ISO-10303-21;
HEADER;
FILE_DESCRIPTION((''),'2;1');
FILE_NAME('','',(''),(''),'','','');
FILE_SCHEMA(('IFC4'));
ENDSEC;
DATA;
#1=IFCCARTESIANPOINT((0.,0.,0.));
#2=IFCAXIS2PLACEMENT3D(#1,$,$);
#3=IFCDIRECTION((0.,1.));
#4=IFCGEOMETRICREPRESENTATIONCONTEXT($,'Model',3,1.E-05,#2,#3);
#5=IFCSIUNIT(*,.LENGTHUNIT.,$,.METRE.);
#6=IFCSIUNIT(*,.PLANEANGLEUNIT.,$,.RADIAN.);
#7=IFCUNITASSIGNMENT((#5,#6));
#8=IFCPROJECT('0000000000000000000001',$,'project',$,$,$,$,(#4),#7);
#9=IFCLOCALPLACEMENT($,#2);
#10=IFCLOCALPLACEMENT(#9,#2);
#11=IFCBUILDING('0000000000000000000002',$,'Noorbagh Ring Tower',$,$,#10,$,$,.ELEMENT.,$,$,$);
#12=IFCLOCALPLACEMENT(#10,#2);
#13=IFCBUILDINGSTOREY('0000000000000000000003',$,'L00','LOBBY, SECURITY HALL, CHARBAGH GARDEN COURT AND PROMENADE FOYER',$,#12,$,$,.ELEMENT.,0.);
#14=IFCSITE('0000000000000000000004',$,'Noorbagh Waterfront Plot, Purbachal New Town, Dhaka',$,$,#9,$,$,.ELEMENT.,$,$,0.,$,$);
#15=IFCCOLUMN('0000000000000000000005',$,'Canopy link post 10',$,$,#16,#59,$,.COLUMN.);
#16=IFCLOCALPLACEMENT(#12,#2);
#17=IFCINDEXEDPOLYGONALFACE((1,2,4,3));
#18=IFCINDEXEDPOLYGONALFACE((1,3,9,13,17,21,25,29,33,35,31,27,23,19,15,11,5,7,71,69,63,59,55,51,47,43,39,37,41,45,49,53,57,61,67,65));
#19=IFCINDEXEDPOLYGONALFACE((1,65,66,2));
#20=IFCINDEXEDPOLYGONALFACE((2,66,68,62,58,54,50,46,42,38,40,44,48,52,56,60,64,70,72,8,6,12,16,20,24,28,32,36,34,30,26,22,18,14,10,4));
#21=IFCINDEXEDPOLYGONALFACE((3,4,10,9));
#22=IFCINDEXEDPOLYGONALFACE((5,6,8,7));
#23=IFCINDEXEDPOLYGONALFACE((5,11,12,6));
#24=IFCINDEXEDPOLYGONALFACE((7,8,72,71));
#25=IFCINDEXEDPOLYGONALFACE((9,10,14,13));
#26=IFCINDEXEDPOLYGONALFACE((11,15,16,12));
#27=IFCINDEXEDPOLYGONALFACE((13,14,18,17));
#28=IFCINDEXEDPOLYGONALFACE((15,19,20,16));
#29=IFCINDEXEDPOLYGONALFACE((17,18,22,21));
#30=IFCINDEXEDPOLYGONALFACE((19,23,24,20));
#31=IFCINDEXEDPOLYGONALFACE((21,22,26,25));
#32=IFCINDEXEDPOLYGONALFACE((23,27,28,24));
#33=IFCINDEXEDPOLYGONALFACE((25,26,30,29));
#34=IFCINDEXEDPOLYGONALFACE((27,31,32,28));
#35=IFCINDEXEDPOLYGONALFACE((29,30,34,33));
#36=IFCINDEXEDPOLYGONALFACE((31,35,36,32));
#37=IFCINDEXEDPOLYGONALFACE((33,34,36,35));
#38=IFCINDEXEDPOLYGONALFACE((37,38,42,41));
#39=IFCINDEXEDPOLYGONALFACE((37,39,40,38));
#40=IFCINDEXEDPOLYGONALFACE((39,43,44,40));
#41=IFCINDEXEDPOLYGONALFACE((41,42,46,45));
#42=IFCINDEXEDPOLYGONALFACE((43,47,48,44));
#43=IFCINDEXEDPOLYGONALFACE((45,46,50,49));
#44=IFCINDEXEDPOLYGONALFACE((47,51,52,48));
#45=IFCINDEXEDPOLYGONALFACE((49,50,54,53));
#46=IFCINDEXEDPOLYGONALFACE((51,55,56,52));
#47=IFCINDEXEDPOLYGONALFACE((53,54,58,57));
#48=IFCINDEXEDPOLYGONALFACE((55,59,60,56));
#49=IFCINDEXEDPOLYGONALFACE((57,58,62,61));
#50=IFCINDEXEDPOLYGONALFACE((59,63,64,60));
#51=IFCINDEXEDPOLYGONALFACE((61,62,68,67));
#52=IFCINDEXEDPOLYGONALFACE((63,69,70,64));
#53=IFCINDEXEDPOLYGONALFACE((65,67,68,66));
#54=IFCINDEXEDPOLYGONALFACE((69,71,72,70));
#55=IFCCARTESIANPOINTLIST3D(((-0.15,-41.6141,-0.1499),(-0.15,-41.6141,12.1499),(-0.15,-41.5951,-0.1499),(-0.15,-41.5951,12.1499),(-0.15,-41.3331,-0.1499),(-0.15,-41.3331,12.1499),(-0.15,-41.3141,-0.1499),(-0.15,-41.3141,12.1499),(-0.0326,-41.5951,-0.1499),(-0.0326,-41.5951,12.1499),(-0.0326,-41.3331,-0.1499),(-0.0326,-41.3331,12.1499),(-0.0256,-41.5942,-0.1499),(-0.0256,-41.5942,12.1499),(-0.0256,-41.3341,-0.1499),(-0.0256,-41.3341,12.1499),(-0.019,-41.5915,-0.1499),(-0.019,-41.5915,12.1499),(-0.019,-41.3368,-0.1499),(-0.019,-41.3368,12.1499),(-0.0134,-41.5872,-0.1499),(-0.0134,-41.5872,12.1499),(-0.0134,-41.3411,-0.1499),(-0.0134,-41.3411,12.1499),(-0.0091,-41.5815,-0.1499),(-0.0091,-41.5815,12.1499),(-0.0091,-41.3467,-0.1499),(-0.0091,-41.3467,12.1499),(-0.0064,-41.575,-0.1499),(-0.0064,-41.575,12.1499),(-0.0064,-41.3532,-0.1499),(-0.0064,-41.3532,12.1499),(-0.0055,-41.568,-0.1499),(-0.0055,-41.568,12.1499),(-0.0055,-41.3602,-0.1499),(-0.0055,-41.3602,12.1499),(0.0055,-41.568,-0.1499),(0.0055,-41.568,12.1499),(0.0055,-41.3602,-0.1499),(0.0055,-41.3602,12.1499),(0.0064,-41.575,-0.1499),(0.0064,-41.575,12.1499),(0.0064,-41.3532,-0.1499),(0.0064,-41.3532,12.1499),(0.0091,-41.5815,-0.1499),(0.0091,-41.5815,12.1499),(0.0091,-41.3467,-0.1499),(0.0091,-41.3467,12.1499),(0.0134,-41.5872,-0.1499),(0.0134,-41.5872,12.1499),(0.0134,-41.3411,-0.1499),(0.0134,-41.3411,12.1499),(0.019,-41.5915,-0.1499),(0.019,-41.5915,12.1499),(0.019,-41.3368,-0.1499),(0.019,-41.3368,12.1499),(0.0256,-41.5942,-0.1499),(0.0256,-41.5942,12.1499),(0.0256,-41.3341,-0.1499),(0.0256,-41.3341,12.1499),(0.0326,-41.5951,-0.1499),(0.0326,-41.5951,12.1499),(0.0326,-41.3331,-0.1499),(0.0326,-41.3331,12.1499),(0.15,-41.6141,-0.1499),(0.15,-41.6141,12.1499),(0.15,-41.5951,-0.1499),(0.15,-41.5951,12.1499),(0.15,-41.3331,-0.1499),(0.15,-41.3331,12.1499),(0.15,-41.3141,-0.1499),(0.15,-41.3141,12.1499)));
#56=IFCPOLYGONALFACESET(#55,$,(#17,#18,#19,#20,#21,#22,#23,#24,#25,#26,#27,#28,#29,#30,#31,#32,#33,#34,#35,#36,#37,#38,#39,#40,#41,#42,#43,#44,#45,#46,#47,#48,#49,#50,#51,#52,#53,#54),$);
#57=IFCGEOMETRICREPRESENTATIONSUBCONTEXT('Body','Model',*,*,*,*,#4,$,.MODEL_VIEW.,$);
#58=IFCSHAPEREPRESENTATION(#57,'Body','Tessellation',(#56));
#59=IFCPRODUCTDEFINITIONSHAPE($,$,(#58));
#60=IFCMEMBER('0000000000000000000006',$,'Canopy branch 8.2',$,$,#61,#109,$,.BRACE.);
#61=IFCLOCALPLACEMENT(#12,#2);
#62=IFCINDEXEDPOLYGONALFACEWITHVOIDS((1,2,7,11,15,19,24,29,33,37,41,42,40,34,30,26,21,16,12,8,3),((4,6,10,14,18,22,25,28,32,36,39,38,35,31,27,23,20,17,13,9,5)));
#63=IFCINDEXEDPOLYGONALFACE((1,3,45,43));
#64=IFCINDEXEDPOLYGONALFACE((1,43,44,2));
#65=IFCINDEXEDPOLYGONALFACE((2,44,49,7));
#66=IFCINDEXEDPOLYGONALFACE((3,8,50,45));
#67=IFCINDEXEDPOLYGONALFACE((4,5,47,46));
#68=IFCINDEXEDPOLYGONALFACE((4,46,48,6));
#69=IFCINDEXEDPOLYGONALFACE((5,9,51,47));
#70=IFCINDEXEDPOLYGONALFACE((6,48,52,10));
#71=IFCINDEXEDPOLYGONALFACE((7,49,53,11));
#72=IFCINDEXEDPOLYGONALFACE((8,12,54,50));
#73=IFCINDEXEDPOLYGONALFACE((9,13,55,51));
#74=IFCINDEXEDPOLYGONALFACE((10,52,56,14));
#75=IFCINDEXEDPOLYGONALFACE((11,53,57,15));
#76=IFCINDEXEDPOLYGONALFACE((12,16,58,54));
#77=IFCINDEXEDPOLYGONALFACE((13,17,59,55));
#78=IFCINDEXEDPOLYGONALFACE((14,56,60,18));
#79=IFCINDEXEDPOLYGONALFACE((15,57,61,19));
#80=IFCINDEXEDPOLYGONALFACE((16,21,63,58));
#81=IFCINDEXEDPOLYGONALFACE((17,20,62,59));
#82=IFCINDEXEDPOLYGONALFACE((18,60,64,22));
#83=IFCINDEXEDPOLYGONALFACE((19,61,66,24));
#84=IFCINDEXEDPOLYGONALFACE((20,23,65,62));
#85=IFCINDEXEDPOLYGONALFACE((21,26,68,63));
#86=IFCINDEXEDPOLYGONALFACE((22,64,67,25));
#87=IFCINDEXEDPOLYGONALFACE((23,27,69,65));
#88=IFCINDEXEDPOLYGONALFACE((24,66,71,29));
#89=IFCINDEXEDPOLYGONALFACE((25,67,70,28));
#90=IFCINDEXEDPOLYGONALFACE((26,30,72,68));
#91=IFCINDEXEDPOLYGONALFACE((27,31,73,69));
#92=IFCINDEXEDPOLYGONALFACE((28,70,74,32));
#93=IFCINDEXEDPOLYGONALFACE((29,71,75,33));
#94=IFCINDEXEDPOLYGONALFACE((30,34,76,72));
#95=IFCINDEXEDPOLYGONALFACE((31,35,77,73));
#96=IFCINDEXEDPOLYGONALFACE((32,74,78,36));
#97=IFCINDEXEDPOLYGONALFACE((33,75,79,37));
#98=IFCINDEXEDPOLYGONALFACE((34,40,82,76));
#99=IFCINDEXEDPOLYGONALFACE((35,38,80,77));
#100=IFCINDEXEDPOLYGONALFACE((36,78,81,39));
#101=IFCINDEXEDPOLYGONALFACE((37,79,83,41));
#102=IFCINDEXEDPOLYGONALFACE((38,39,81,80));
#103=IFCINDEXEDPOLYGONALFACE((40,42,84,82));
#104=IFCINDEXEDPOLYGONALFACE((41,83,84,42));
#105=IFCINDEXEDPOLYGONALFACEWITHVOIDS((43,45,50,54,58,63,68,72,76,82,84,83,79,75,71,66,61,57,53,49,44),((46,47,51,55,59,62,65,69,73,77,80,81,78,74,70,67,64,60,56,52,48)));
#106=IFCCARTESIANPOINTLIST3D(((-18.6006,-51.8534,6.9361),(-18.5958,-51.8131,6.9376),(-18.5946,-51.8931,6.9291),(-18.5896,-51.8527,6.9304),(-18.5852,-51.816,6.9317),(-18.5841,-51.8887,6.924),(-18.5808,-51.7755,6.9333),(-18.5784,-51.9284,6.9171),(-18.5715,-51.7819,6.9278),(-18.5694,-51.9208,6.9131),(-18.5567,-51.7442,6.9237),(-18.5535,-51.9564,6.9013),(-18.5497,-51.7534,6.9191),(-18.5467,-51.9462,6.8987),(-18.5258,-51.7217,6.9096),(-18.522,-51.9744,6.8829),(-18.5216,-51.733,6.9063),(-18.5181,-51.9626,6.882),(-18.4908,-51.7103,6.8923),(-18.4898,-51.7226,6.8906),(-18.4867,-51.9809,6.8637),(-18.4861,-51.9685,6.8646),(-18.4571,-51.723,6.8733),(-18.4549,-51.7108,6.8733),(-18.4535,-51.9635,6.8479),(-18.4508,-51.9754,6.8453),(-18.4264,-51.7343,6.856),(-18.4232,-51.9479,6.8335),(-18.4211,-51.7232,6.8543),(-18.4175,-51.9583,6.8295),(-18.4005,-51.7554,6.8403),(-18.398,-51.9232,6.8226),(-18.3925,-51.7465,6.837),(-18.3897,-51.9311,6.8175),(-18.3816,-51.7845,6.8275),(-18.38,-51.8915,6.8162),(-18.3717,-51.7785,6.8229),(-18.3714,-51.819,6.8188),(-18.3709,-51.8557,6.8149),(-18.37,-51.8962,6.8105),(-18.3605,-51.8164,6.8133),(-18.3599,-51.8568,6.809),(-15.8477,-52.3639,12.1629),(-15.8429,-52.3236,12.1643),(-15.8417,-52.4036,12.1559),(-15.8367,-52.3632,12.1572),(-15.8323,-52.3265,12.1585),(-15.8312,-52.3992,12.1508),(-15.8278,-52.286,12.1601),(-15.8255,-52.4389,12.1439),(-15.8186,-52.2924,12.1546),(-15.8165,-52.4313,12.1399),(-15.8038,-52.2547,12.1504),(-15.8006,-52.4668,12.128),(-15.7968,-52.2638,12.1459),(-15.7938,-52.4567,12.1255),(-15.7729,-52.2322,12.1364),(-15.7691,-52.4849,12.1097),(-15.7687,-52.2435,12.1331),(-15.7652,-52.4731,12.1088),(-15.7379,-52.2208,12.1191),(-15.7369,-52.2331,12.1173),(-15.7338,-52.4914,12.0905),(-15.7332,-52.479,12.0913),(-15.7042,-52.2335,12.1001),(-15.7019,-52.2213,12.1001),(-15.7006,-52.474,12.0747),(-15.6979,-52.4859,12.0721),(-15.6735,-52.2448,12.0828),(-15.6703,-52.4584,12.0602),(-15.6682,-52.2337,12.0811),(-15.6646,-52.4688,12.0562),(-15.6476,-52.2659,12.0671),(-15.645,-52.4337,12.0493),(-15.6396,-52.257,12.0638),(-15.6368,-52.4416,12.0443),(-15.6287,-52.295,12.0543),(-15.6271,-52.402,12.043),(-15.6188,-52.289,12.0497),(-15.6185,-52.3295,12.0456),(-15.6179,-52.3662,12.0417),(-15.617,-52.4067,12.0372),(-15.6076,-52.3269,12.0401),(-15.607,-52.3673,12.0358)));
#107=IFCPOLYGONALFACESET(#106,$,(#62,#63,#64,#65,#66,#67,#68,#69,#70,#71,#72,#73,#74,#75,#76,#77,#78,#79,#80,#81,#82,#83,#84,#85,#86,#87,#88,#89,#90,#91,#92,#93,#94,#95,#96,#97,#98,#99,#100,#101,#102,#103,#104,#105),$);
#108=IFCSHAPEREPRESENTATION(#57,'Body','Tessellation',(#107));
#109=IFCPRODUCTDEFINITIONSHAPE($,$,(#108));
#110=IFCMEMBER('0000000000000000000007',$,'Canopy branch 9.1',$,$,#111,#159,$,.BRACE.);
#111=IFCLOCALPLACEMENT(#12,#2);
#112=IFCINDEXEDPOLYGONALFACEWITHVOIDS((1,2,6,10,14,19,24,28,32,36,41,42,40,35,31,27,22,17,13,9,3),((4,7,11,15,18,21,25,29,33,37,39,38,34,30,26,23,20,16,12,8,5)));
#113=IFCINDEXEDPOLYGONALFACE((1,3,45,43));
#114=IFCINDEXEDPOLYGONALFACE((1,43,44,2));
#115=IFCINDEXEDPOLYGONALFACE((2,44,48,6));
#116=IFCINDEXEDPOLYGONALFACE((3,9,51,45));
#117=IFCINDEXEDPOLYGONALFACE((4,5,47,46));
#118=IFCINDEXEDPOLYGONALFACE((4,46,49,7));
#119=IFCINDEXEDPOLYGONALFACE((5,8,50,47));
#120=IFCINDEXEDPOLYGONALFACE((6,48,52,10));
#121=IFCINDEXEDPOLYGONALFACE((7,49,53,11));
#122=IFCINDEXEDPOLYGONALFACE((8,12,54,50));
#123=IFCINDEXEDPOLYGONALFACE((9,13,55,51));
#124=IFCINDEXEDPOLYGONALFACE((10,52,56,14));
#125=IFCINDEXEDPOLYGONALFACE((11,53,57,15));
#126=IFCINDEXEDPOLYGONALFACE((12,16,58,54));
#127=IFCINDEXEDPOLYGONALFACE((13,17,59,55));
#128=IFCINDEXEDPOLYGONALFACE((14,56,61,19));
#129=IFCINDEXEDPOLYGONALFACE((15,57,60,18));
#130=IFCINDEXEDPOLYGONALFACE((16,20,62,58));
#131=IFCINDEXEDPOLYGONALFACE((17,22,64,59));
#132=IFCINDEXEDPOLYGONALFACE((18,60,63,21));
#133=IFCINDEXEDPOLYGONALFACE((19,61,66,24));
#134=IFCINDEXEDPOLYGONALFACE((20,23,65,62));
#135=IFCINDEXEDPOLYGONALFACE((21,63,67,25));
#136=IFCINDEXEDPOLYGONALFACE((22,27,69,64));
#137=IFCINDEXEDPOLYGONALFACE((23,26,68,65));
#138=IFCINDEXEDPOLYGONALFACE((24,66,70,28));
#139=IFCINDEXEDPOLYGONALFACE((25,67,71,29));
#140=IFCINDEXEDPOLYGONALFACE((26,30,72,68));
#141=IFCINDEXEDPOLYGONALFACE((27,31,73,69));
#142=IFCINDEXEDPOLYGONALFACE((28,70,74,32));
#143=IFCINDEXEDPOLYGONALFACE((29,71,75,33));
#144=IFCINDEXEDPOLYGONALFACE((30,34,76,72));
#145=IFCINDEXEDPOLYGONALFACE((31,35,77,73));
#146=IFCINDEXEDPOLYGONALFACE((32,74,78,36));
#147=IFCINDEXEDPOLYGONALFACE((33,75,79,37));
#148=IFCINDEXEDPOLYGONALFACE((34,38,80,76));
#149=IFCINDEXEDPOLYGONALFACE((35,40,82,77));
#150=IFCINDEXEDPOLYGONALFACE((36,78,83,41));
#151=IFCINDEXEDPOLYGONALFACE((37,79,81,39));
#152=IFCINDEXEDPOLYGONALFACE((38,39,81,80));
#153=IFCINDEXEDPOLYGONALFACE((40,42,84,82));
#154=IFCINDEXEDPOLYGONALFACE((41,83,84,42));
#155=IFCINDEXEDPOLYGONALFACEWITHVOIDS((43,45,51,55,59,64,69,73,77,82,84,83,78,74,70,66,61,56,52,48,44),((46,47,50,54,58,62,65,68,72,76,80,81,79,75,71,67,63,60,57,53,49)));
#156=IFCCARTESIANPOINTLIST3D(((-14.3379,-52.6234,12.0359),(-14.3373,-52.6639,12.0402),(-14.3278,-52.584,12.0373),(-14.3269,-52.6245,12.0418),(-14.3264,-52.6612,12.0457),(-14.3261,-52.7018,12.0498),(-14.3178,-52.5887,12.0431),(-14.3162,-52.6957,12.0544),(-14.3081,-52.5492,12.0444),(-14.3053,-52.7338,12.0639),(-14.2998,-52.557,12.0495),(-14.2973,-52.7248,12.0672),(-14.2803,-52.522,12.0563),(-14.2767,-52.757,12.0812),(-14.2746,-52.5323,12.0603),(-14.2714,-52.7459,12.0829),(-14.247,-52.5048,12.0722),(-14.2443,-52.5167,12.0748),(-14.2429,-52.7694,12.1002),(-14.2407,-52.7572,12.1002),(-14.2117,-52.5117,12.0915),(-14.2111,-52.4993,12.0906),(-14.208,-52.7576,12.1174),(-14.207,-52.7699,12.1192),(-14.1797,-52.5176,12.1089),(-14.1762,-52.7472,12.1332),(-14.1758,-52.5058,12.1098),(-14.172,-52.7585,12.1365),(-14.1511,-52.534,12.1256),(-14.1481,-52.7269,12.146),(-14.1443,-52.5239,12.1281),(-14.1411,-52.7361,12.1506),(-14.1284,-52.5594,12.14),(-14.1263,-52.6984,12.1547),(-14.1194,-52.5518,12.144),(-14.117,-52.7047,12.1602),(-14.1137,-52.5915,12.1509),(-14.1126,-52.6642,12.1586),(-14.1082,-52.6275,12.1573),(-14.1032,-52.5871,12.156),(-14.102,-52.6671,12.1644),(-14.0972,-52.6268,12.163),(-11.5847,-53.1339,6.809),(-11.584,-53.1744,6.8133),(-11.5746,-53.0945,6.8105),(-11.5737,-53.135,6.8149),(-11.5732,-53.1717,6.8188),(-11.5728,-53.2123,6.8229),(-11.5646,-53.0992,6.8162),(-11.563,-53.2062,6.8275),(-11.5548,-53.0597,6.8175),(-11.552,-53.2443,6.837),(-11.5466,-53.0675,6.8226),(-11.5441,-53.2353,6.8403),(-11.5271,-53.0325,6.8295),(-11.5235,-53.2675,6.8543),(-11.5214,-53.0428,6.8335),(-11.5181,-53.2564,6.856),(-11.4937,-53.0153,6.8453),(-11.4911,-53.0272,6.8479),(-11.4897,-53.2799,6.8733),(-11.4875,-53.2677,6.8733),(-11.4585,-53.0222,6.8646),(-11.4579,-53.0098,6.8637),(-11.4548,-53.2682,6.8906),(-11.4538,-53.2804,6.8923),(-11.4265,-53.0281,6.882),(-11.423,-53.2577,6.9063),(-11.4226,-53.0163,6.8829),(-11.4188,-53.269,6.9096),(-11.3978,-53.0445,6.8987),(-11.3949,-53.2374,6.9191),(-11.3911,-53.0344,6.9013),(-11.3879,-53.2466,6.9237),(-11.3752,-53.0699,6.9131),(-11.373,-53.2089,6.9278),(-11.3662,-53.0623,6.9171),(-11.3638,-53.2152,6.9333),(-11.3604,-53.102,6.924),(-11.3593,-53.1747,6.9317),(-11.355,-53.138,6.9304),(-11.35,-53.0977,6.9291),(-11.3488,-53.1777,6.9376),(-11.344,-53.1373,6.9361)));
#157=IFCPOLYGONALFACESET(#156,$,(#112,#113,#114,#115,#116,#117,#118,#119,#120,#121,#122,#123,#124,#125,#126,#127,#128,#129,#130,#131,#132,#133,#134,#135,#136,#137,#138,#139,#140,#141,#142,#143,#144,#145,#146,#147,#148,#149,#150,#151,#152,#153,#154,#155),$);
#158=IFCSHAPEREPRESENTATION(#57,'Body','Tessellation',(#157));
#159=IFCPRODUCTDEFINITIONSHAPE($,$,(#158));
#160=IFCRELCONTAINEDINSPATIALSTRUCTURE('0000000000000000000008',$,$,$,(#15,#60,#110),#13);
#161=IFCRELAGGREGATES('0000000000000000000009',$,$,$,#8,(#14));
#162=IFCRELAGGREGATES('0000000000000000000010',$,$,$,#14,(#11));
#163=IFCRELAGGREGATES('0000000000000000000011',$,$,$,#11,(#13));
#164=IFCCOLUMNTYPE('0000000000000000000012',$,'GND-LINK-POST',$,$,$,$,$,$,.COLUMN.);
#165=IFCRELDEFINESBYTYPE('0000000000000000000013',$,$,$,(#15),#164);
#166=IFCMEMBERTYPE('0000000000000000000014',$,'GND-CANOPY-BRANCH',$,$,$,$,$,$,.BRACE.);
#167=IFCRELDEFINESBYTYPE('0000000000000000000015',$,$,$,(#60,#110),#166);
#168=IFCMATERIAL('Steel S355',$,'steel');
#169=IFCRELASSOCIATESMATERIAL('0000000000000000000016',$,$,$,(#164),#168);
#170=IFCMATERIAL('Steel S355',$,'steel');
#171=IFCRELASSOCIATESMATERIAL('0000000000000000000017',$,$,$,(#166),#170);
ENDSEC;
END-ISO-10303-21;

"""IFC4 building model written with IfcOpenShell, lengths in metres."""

from ifc_helpers import new_model, si_unit, direction, frame, origin, origin_2d, place, context, subcontext, project, spatial, hollow_circle, i_section, extrude, material, material_profile, profile_set, type_object, element, save


model = new_model("IFC4")

# Units and contexts
model_context = context("Model", 3, precision=1e-05, world=origin(), true_north=direction((0.0, 1.0)))
body_context = subcontext(model_context, "Body", "Model", "MODEL_VIEW")
ifc_project = project(units=[si_unit("LENGTHUNIT", "METRE"), si_unit("PLANEANGLEUNIT", "RADIAN")], contexts=[model_context])

# Site, building, storey
site_placement = place(None, origin())
site = spatial("IfcSite", under=ifc_project, at=site_placement, Name="Noorbagh Waterfront Plot, Purbachal New Town, Dhaka", CompositionType="ELEMENT", RefElevation=0.0)
building_placement = place(site_placement, origin())
building = spatial("IfcBuilding", under=site, at=building_placement, Name="Noorbagh Ring Tower", CompositionType="ELEMENT")
storey_placement = place(building_placement, origin())
storey = spatial("IfcBuildingStorey", under=building, at=storey_placement, Name="L00", Description="LOBBY, SECURITY HALL, CHARBAGH GARDEN COURT AND PROMENADE FOYER", CompositionType="ELEMENT", Elevation=0.0)

# Column
ifc_material_1 = material(Name="Steel S355", Category="steel")
ifc_material_profile_1 = material_profile(ifc_material_1, i_section(OverallWidth=0.3, OverallDepth=0.3, WebThickness=0.011, FlangeThickness=0.019, FilletRadius=0.0271, at=origin_2d()), Name="HEB300")
ifc_profile_set_1 = profile_set([ifc_material_profile_1], Name="Steel S355")
column_type_1 = type_object("IfcColumnType", Name="GND-LINK-POST", PredefinedType="COLUMN", material=ifc_profile_set_1)
column_placement = place(storey_placement, frame((0.0, -41.4641, -0.1499), z_axis=(0.0, 0.0, 1.0), x_axis=(1.0, 0.0, 0.0)))
element("IfcColumn", 1, at=column_placement, inside=storey, type_object=column_type_1, Name="Canopy link post 10", PredefinedType="COLUMN", context=body_context, shape_type="SweptSolid", body=[
    extrude(i_section(OverallWidth=0.3, OverallDepth=0.3, WebThickness=0.011, FlangeThickness=0.019, FilletRadius=0.0271, at=origin_2d()), origin(), (0.0, 0.0, 1.0), 12.2998),
])

# Members
ifc_material_2 = material(Name="Steel S355", Category="steel")
ifc_material_profile_2 = material_profile(ifc_material_2, hollow_circle(Radius=0.1365, WallThickness=0.0125, at=origin_2d()), Name="CHS273x12.5")
ifc_profile_set_2 = profile_set([ifc_material_profile_2], Name="Steel S355")
member_type = type_object("IfcMemberType", Name="GND-CANOPY-BRANCH", PredefinedType="BRACE", material=ifc_profile_set_2)
member_1_placement = place(storey_placement, frame((-18.4797, -51.845, 6.8733), z_axis=(0.464278, -0.086095, 0.881495), x_axis=(0.18233, 0.983237, 0.0)))
element("IfcMember", 2, at=member_1_placement, inside=storey, type_object=member_type, Name="Canopy branch 8.2", PredefinedType="BRACE", context=body_context, shape_type="SweptSolid", body=[
    extrude(hollow_circle(Radius=0.1365, WallThickness=0.0125, at=origin_2d()), origin(), (0.0, 0.0, 1.0), 5.9294),
])
member_2_placement = place(storey_placement, frame((-11.4648, -53.1458, 6.8733), z_axis=(-0.464311, 0.086093, 0.881478), x_axis=(-0.182314, -0.98324, 0.0)))
element("IfcMember", 3, at=member_2_placement, inside=storey, type_object=member_type, Name="Canopy branch 9.1", PredefinedType="BRACE", context=body_context, shape_type="SweptSolid", body=[
    extrude(hollow_circle(Radius=0.1365, WallThickness=0.0125, at=origin_2d()), origin(), (0.0, 0.0, 1.0), 5.9297),
])

save(model, "model.ifc")
